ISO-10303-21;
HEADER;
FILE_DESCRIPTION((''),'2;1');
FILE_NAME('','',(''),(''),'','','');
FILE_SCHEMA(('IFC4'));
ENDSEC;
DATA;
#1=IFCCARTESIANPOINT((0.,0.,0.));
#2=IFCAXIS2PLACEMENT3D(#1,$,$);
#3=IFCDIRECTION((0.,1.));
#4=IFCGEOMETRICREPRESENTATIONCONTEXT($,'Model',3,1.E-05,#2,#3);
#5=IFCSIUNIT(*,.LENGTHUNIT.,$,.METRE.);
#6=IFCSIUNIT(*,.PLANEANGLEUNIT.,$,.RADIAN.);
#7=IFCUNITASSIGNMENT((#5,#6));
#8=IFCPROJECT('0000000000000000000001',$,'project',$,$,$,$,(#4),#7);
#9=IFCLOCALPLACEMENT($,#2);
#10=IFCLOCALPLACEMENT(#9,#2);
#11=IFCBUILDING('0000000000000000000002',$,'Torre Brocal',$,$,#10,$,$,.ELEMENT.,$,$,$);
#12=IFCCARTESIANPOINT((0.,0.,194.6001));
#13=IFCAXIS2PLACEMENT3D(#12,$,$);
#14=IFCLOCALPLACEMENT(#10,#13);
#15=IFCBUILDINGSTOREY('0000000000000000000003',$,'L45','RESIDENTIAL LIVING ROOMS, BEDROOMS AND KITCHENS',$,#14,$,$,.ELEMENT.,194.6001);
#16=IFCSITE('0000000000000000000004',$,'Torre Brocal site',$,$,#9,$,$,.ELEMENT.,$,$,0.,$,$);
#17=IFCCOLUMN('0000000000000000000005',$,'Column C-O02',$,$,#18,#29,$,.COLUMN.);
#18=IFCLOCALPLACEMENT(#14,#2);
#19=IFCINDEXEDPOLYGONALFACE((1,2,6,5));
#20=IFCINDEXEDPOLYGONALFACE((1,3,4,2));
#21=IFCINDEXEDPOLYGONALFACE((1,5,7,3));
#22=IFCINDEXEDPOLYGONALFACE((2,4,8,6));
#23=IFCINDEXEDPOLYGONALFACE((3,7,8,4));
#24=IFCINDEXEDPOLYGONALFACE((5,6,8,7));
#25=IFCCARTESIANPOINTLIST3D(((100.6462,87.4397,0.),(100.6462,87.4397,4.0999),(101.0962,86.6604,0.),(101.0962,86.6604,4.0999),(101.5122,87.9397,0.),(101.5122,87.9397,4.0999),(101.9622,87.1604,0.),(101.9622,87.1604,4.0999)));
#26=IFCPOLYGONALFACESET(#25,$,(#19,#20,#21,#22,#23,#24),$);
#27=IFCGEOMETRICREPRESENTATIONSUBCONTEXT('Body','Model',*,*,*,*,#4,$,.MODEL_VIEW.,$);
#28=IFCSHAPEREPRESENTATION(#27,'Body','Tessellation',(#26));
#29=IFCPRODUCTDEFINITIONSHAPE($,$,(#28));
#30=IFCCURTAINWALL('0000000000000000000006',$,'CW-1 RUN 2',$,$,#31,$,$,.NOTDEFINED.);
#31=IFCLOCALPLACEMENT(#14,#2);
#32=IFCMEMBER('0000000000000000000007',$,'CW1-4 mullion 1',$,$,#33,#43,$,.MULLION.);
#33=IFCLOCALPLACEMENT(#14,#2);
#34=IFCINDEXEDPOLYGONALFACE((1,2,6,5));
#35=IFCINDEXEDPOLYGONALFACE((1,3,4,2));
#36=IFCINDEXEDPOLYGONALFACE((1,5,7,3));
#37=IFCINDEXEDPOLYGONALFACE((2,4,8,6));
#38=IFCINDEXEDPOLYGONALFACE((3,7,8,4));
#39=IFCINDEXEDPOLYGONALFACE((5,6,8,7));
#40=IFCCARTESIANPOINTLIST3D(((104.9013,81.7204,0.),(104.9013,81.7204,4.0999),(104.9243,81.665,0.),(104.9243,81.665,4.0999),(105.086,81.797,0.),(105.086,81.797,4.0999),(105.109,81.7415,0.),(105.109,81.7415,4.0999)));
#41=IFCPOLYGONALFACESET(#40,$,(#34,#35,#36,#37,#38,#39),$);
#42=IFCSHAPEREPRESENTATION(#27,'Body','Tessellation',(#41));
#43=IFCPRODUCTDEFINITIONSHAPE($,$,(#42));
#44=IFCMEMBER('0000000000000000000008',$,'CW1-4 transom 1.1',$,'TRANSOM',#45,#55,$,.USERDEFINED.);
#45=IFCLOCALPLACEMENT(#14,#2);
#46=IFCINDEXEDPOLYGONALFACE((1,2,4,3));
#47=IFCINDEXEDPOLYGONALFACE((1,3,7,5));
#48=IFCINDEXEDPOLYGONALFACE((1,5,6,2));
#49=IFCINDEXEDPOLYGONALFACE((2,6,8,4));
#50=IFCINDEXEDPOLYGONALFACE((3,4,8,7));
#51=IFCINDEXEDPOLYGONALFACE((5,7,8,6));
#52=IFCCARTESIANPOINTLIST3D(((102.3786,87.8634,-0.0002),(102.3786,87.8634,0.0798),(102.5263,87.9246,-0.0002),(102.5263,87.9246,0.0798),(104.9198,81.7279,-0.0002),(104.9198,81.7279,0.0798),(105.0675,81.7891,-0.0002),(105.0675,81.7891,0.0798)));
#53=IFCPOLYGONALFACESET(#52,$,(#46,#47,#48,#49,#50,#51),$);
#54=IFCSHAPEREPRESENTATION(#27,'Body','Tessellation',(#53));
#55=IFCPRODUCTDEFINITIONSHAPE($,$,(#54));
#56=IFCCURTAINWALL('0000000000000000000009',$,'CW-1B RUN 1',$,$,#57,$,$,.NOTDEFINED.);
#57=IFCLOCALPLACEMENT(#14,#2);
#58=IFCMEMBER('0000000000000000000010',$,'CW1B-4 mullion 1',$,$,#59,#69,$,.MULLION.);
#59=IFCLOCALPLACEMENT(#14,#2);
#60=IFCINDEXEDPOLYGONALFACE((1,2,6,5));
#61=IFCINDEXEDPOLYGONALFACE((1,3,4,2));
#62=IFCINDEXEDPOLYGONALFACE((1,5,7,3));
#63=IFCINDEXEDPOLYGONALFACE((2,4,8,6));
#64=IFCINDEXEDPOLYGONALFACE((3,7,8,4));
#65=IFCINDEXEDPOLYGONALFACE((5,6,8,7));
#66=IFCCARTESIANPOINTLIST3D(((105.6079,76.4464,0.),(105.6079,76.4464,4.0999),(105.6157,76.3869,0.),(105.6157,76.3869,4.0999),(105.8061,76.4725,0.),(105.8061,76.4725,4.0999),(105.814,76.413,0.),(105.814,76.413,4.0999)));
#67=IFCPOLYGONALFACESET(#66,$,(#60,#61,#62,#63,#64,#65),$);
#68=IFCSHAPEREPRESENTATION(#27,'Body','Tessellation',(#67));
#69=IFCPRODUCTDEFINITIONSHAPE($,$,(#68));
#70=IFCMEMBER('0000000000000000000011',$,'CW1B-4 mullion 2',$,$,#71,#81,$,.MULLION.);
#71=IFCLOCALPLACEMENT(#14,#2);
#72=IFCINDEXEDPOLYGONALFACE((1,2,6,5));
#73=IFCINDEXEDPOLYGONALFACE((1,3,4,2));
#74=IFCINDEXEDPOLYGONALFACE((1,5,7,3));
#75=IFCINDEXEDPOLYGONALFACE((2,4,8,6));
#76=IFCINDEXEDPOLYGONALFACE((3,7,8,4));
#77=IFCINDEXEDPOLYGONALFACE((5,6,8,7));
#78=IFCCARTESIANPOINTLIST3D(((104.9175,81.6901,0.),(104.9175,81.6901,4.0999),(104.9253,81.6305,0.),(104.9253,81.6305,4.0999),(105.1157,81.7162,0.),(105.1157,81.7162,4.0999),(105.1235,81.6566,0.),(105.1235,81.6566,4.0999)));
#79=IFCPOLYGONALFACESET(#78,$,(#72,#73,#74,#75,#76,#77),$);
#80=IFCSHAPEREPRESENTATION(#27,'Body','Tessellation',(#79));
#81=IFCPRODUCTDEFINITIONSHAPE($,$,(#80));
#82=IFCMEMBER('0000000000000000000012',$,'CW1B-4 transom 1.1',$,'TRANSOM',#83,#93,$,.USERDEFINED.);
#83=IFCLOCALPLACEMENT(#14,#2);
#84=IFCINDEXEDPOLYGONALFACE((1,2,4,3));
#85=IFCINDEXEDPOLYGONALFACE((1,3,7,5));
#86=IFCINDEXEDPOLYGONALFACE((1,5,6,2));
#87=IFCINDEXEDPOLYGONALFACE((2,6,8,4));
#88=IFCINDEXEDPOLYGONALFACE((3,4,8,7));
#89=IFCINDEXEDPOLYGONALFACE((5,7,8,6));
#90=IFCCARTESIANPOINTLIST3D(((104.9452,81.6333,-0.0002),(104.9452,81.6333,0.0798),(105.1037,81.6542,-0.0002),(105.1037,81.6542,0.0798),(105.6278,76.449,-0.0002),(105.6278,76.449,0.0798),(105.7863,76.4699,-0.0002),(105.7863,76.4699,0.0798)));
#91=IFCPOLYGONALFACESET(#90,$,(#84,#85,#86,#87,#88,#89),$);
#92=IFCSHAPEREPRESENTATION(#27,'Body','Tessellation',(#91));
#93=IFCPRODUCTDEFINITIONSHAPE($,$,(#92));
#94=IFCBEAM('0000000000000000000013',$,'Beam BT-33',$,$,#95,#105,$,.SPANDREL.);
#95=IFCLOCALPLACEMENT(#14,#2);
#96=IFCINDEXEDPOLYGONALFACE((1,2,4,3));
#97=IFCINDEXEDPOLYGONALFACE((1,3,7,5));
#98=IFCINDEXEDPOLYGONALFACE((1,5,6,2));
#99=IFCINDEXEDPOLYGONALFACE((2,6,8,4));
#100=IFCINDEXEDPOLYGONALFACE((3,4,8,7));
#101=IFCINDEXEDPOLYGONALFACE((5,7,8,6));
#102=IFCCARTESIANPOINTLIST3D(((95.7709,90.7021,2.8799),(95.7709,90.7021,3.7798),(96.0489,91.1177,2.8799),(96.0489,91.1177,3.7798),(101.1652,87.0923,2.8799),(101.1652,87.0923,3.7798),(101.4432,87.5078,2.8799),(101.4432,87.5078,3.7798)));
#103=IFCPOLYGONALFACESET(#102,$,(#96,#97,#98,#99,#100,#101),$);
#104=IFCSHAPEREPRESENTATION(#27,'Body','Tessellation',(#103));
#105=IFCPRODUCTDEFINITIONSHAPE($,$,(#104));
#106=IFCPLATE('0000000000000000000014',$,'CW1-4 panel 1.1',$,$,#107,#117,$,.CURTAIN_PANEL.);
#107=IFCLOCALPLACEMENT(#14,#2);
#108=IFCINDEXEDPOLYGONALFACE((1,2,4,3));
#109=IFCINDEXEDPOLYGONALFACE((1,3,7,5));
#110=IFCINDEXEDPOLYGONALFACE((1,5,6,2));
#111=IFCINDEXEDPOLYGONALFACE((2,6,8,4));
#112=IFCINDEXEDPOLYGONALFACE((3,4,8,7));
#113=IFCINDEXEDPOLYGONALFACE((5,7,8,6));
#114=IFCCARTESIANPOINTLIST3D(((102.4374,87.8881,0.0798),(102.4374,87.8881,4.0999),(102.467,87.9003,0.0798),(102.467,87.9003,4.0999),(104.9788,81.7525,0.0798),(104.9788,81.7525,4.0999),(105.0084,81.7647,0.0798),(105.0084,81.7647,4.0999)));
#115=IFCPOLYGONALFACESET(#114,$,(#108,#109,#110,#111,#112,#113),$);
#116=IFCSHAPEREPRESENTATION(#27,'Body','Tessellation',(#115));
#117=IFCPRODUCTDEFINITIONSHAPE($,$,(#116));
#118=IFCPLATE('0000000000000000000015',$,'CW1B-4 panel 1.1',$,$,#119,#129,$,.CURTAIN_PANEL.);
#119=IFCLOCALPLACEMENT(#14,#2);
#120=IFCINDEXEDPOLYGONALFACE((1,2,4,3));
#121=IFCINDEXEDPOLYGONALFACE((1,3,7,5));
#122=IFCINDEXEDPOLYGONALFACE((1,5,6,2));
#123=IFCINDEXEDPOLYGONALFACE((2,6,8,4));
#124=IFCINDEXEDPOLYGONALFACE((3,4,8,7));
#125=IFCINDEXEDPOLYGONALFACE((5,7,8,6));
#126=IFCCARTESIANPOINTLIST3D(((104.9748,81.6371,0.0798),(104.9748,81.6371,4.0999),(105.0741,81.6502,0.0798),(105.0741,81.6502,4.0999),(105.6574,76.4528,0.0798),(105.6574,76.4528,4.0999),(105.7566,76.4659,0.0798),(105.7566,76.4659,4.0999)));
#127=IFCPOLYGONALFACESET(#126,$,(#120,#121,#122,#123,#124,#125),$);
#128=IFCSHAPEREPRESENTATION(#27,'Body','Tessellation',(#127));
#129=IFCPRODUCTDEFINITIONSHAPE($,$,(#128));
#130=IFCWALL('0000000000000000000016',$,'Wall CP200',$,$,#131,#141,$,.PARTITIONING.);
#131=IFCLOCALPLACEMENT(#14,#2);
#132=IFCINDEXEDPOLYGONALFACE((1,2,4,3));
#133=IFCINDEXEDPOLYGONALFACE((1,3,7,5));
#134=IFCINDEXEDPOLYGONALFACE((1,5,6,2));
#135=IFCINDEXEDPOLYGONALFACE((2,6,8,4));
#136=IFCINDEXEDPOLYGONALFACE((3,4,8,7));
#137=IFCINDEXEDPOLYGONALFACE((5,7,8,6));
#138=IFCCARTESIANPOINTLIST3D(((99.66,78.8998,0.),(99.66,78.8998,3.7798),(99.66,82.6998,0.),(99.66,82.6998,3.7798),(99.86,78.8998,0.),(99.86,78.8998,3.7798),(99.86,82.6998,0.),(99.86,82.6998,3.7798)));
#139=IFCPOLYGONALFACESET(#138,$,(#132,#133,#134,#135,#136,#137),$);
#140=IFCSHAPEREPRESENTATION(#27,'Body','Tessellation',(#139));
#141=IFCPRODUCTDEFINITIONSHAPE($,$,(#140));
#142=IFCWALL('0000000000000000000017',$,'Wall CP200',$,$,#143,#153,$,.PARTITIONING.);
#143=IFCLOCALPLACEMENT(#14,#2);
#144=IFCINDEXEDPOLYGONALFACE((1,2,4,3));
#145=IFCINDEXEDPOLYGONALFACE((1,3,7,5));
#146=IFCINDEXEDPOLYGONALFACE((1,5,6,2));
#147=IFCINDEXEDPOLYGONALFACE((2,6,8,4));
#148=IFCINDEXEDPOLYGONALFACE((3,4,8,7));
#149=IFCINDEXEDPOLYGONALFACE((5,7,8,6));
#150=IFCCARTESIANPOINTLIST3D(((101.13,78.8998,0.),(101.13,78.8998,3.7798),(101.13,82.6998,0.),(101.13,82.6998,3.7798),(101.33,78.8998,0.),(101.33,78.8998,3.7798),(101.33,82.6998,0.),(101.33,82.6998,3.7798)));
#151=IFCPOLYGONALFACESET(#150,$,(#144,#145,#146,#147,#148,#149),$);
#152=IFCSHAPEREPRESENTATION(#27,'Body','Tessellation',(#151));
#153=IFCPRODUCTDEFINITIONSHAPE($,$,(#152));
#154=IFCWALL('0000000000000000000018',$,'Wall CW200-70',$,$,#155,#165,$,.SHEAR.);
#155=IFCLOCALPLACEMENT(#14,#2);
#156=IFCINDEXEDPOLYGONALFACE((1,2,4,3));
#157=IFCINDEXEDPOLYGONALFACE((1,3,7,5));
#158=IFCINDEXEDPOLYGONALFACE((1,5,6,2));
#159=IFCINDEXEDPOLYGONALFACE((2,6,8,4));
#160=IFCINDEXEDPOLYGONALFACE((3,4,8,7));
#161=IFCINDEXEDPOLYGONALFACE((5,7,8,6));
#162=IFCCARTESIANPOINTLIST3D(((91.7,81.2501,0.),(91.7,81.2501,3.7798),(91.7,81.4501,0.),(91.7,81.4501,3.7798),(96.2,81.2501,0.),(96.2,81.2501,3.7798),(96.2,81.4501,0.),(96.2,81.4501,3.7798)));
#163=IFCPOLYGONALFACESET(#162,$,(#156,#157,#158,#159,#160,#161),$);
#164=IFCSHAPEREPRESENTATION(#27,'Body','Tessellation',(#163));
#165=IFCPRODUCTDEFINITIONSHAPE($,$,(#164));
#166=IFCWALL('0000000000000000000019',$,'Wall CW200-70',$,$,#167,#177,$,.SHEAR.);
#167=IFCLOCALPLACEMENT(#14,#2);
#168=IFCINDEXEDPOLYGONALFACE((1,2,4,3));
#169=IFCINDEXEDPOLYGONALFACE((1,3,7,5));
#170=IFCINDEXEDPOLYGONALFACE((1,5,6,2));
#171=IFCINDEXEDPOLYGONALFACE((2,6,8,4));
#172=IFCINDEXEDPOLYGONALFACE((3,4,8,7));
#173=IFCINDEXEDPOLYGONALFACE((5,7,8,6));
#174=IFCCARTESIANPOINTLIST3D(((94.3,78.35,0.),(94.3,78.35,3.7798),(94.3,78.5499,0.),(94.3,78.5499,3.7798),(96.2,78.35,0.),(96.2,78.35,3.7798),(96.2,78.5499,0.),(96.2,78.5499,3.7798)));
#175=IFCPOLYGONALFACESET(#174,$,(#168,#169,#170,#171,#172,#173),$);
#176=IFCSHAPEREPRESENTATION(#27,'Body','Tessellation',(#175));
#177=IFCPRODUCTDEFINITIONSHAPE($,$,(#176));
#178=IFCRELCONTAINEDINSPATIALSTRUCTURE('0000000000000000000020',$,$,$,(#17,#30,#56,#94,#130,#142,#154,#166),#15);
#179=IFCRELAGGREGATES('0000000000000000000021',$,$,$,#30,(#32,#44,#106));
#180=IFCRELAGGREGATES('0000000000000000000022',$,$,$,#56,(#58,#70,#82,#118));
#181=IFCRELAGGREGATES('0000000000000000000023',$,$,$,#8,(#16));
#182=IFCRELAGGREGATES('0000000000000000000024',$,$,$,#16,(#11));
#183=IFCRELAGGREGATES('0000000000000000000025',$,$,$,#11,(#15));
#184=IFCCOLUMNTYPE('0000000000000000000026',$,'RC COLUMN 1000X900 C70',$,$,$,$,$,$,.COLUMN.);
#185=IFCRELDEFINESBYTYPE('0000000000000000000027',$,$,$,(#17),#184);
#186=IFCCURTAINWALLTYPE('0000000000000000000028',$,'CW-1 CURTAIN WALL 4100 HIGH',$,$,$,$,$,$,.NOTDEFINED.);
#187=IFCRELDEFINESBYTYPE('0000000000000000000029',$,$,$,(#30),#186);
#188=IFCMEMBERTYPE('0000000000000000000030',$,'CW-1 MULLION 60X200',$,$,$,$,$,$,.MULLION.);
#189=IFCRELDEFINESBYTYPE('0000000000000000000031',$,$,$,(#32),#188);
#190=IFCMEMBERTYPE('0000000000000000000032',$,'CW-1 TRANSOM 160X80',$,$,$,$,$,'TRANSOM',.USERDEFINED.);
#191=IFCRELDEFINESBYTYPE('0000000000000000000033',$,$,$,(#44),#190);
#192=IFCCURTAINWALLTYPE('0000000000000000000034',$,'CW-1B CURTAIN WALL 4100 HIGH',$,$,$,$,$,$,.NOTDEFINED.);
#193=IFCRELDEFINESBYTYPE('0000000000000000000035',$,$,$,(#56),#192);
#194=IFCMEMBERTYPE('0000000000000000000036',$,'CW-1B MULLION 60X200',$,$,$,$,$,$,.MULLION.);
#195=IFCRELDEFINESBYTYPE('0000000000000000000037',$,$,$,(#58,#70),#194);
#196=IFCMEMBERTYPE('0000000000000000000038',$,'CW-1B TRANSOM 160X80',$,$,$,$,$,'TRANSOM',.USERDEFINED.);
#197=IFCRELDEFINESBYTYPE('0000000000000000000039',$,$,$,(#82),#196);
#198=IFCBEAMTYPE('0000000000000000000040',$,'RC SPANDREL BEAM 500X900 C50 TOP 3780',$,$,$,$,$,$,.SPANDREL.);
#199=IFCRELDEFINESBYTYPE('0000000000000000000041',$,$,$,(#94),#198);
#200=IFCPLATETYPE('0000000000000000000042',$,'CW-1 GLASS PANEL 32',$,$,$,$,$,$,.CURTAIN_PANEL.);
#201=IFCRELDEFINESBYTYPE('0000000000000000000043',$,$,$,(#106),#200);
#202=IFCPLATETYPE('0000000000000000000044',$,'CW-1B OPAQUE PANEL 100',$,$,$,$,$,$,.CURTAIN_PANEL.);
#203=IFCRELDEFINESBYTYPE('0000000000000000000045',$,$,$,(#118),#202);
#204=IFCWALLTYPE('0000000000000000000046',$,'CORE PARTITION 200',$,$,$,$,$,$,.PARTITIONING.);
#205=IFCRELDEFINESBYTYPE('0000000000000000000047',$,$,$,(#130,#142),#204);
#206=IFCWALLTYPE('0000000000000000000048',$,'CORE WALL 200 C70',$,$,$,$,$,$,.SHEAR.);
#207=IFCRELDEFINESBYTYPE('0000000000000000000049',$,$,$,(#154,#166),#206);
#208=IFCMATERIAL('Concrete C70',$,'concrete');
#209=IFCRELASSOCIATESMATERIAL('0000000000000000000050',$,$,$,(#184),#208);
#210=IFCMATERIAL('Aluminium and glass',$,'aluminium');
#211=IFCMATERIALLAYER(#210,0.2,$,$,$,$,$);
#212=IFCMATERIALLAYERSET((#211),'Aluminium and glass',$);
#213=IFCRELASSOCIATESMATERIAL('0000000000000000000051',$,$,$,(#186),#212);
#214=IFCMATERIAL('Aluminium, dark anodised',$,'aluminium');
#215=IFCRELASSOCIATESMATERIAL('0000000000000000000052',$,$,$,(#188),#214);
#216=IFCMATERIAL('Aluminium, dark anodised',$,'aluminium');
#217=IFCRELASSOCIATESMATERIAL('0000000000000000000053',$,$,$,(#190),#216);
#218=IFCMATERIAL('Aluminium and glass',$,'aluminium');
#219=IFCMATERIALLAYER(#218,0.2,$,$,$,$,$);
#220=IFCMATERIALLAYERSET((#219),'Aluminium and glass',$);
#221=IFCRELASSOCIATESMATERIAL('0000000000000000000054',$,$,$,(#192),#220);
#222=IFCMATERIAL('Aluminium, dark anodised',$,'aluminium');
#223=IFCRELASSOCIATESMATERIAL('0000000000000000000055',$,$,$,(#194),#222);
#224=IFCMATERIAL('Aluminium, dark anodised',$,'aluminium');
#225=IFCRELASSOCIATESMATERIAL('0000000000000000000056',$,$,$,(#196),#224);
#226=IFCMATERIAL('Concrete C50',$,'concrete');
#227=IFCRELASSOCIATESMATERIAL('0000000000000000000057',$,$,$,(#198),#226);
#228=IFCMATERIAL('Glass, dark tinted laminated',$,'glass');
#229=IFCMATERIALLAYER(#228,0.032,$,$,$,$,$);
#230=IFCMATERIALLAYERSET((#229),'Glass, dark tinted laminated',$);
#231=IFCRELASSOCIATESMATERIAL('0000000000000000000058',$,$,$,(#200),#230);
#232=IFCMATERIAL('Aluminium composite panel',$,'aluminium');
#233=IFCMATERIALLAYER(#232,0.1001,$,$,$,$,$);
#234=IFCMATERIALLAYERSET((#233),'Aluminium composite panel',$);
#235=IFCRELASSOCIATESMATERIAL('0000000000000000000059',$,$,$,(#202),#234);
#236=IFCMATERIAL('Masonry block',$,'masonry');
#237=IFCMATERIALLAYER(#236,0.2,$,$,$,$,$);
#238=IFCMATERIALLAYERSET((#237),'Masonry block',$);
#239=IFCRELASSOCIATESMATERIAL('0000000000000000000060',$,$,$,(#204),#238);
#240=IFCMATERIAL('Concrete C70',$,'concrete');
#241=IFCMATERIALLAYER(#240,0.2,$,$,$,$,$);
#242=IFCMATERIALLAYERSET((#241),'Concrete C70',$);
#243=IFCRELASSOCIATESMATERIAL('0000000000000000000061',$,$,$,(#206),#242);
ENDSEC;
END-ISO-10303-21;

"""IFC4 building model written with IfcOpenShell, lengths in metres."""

from ifc_helpers import new_model, si_unit, direction, frame, frame_2d, origin, origin_2d, place, context, subcontext, project, spatial, rectangle, extrude, material, layer, layer_set, material_profile, profile_set, type_object, element, aggregate, save


model = new_model("IFC4")

# Units and contexts
model_context = context("Model", 3, precision=1e-05, world=origin(), true_north=direction((0.0, 1.0)))
body_context = subcontext(model_context, "Body", "Model", "MODEL_VIEW")
ifc_project = project(units=[si_unit("LENGTHUNIT", "METRE"), si_unit("PLANEANGLEUNIT", "RADIAN")], contexts=[model_context])

# Site, building, storey
site_placement = place(None, origin())
site = spatial("IfcSite", under=ifc_project, at=site_placement, Name="Torre Brocal site", CompositionType="ELEMENT", RefElevation=0.0)
building_placement = place(site_placement, origin())
building = spatial("IfcBuilding", under=site, at=building_placement, Name="Torre Brocal", CompositionType="ELEMENT")
storey_placement = place(building_placement, frame((0.0, 0.0, 194.6001)))
storey = spatial("IfcBuildingStorey", under=building, at=storey_placement, Name="L45", Description="RESIDENTIAL LIVING ROOMS, BEDROOMS AND KITCHENS", CompositionType="ELEMENT", Elevation=194.6001)

# Column
ifc_material_1 = material(Name="Concrete C70", Category="concrete")
ifc_material_profile_1 = material_profile(ifc_material_1, rectangle(XDim=1.0, YDim=0.8999, at=origin_2d()), Name="RC 1000X900")
ifc_profile_set_1 = profile_set([ifc_material_profile_1], Name="Concrete C70")
column_type = type_object("IfcColumnType", Name="RC COLUMN 1000X900 C70", PredefinedType="COLUMN", material=ifc_profile_set_1)
column_placement = place(storey_placement, frame((101.3042, 87.3, 0.0), z_axis=(0.0, 0.0, 1.0), x_axis=(0.866025, 0.5, 0.0)))
element("IfcColumn", 1, at=column_placement, inside=storey, type_object=column_type, Name="Column C-O02", PredefinedType="COLUMN", context=body_context, shape_type="SweptSolid", body=[
    extrude(rectangle(XDim=1.0, YDim=0.8999, at=origin_2d()), origin(), (0.0, 0.0, 1.0), 4.0999),
])

# Curtain walls, members
ifc_material_2 = material(Name="Aluminium and glass", Category="aluminium")
ifc_layer_1 = layer(ifc_material_2, 0.2)
ifc_layer_set_1 = layer_set([ifc_layer_1], Name="Aluminium and glass")
curtain_wall_type_1 = type_object("IfcCurtainWallType", Name="CW-1 CURTAIN WALL 4100 HIGH", PredefinedType="NOTDEFINED", material=ifc_layer_set_1)
curtain_wall_1_placement = place(storey_placement, origin())
curtain_wall_1 = element("IfcCurtainWall", 2, at=curtain_wall_1_placement, inside=storey, type_object=curtain_wall_type_1, Name="CW-1 RUN 2", PredefinedType="NOTDEFINED")
ifc_material_3 = material(Name="Aluminium, dark anodised", Category="aluminium")
ifc_material_profile_2 = material_profile(ifc_material_3, rectangle(XDim=0.2, YDim=0.0601, at=origin_2d()), Name="CW-1 MULLION 60X200")
ifc_profile_set_2 = profile_set([ifc_material_profile_2], Name="Aluminium, dark anodised")
member_type_1 = type_object("IfcMemberType", Name="CW-1 MULLION 60X200", PredefinedType="MULLION", material=ifc_profile_set_2)
member_1_placement = place(storey_placement, frame((105.0051, 81.731, 0.0), z_axis=(0.0, 0.0, 1.0), x_axis=(-0.92388, -0.382683, 0.0)))
member_1 = element("IfcMember", 3, at=member_1_placement, type_object=member_type_1, Name="CW1-4 mullion 1", PredefinedType="MULLION", context=body_context, shape_type="SweptSolid", body=[
    extrude(rectangle(XDim=0.2, YDim=0.0601, at=origin_2d()), origin(), (0.0, 0.0, 1.0), 4.0999),
])
ifc_material_4 = material(Name="Aluminium, dark anodised", Category="aluminium")
ifc_material_profile_3 = material_profile(ifc_material_4, rectangle(XDim=0.1599, YDim=0.0801, at=origin_2d()), Name="CW-1 TRANSOM 160X80")
ifc_profile_set_3 = profile_set([ifc_material_profile_3], Name="Aluminium, dark anodised")
member_type_2 = type_object("IfcMemberType", Name="CW-1 TRANSOM 160X80", ElementType="TRANSOM", PredefinedType="USERDEFINED", material=ifc_profile_set_3)
member_2_placement = place(storey_placement, frame((104.9937, 81.7585, 0.0398), z_axis=(-0.382665, 0.923887, 0.0), x_axis=(-0.923887, -0.382665, 0.0)))
member_2 = element("IfcMember", 4, at=member_2_placement, type_object=member_type_2, Name="CW1-4 transom 1.1", ObjectType="TRANSOM", PredefinedType="USERDEFINED", context=body_context, shape_type="SweptSolid", body=[
    extrude(rectangle(XDim=0.1599, YDim=0.0801, at=origin_2d()), origin(), (0.0, 0.0, 1.0), 6.6409),
])
ifc_material_5 = material(Name="Aluminium and glass", Category="aluminium")
ifc_layer_2 = layer(ifc_material_5, 0.2)
ifc_layer_set_2 = layer_set([ifc_layer_2], Name="Aluminium and glass")
curtain_wall_type_2 = type_object("IfcCurtainWallType", Name="CW-1B CURTAIN WALL 4100 HIGH", PredefinedType="NOTDEFINED", material=ifc_layer_set_2)
curtain_wall_2_placement = place(storey_placement, origin())
curtain_wall_2 = element("IfcCurtainWall", 5, at=curtain_wall_2_placement, inside=storey, type_object=curtain_wall_type_2, Name="CW-1B RUN 1", PredefinedType="NOTDEFINED")
ifc_material_6 = material(Name="Aluminium, dark anodised", Category="aluminium")
ifc_material_profile_4 = material_profile(ifc_material_6, rectangle(XDim=0.2, YDim=0.0601, at=origin_2d()), Name="CW-1B MULLION 60X200")
ifc_profile_set_4 = profile_set([ifc_material_profile_4], Name="Aluminium, dark anodised")
member_type_3 = type_object("IfcMemberType", Name="CW-1B MULLION 60X200", PredefinedType="MULLION", material=ifc_profile_set_4)
member_3_placement = place(storey_placement, frame((105.7109, 76.4297, 0.0), z_axis=(0.0, 0.0, 1.0), x_axis=(-0.991445, -0.130526, 0.0)))
member_3 = element("IfcMember", 6, at=member_3_placement, type_object=member_type_3, Name="CW1B-4 mullion 1", PredefinedType="MULLION", context=body_context, shape_type="SweptSolid", body=[
    extrude(rectangle(XDim=0.2, YDim=0.0601, at=origin_2d()), origin(), (0.0, 0.0, 1.0), 4.0999),
])
member_4_placement = place(storey_placement, frame((105.0205, 81.6733, 0.0), z_axis=(0.0, 0.0, 1.0), x_axis=(-0.991445, -0.130526, 0.0)))
member_4 = element("IfcMember", 7, at=member_4_placement, type_object=member_type_3, Name="CW1B-4 mullion 2", PredefinedType="MULLION", context=body_context, shape_type="SweptSolid", body=[
    extrude(rectangle(XDim=0.2, YDim=0.0601, at=origin_2d()), origin(), (0.0, 0.0, 1.0), 4.0999),
])
ifc_material_7 = material(Name="Aluminium, dark anodised", Category="aluminium")
ifc_material_profile_5 = material_profile(ifc_material_7, rectangle(XDim=0.1599, YDim=0.0801, at=origin_2d()), Name="CW-1B TRANSOM 160X80")
ifc_profile_set_5 = profile_set([ifc_material_profile_5], Name="Aluminium, dark anodised")
member_type_4 = type_object("IfcMemberType", Name="CW-1B TRANSOM 160X80", ElementType="TRANSOM", PredefinedType="USERDEFINED", material=ifc_profile_set_5)
member_5_placement = place(storey_placement, frame((105.707, 76.4595, 0.0398), z_axis=(-0.130543, 0.991443, 0.0), x_axis=(-0.991443, -0.130543, 0.0)))
member_5 = element("IfcMember", 8, at=member_5_placement, type_object=member_type_4, Name="CW1B-4 transom 1.1", ObjectType="TRANSOM", PredefinedType="USERDEFINED", context=body_context, shape_type="SweptSolid", body=[
    extrude(rectangle(XDim=0.1599, YDim=0.0801, at=origin_2d()), origin(), (0.0, 0.0, 1.0), 5.229),
])

# Beam
ifc_material_8 = material(Name="Concrete C50", Category="concrete")
ifc_material_profile_6 = material_profile(ifc_material_8, rectangle(XDim=0.5, YDim=0.8999, at=origin_2d()), Name="RC 500X900")
ifc_profile_set_6 = profile_set([ifc_material_profile_6], Name="Concrete C50")
beam_type = type_object("IfcBeamType", Name="RC SPANDREL BEAM 500X900 C50 TOP 3780", PredefinedType="SPANDREL", material=ifc_profile_set_6)
beam_placement = place(storey_placement, frame((101.3042, 87.3, 3.3298), z_axis=(-0.831077, 0.556158, 0.0), x_axis=(-0.556158, -0.831077, 0.0)))
element("IfcBeam", 9, at=beam_placement, inside=storey, type_object=beam_type, Name="Beam BT-33", PredefinedType="SPANDREL", context=body_context, shape_type="SweptSolid", body=[
    extrude(rectangle(XDim=0.5, YDim=0.8999, at=origin_2d()), origin(), (0.0, 0.0, 1.0), 6.4907),
])

# Plates
ifc_material_9 = material(Name="Glass, dark tinted laminated", Category="glass")
ifc_layer_3 = layer(ifc_material_9, 0.032)
ifc_layer_set_3 = layer_set([ifc_layer_3], Name="Glass, dark tinted laminated")
plate_type_1 = type_object("IfcPlateType", Name="CW-1 GLASS PANEL 32", PredefinedType="CURTAIN_PANEL", material=ifc_layer_set_3)
plate_1_placement = place(storey_placement, frame((103.7229, 84.8264, 0.0798), z_axis=(0.0, 0.0, 1.0), x_axis=(-0.382683, 0.92388, 0.0)))
plate_1 = element("IfcPlate", 10, at=plate_1_placement, type_object=plate_type_1, Name="CW1-4 panel 1.1", PredefinedType="CURTAIN_PANEL", context=body_context, shape_type="SweptSolid", body=[
    extrude(rectangle(XDim=6.6411, YDim=0.032, at=origin_2d()), origin(), (0.0, 0.0, 1.0), 4.02),
])
aggregate(curtain_wall_1, [member_1, member_2, plate_1])
ifc_material_10 = material(Name="Aluminium composite panel", Category="aluminium")
ifc_layer_4 = layer(ifc_material_10, 0.1001)
ifc_layer_set_4 = layer_set([ifc_layer_4], Name="Aluminium composite panel")
plate_type_2 = type_object("IfcPlateType", Name="CW-1B OPAQUE PANEL 100", PredefinedType="CURTAIN_PANEL", material=ifc_layer_set_4)
plate_2_placement = place(storey_placement, frame((105.3657, 79.0515, 0.0798), z_axis=(0.0, 0.0, 1.0), x_axis=(-0.130526, 0.991445, 0.0)))
plate_2 = element("IfcPlate", 11, at=plate_2_placement, type_object=plate_type_2, Name="CW1B-4 panel 1.1", PredefinedType="CURTAIN_PANEL", context=body_context, shape_type="SweptSolid", body=[
    extrude(rectangle(XDim=5.229, YDim=0.1001, at=origin_2d()), origin(), (0.0, 0.0, 1.0), 4.02),
])
aggregate(curtain_wall_2, [member_3, member_4, member_5, plate_2])

# Walls
ifc_material_11 = material(Name="Masonry block", Category="masonry")
ifc_layer_5 = layer(ifc_material_11, 0.2)
ifc_layer_set_5 = layer_set([ifc_layer_5], Name="Masonry block")
wall_type_1 = type_object("IfcWallType", Name="CORE PARTITION 200", PredefinedType="PARTITIONING", material=ifc_layer_set_5)
for number, where, z_axis, x_axis, name in (
    (12, (99.76, 78.8999, 0.0), (0.0, 0.0, 1.0), (0.0, 1.0, 0.0), "Wall CP200"),
    (13, (101.23, 78.8999, 0.0), (0.0, 0.0, 1.0), (0.0, 1.0, 0.0), "Wall CP200"),
):
    element("IfcWall", number, at=place(storey_placement, frame(where, z_axis=z_axis, x_axis=x_axis)), inside=storey, type_object=wall_type_1, Name=name, PredefinedType="PARTITIONING", context=body_context, shape_type="SweptSolid", body=[
        extrude(rectangle(XDim=3.8, YDim=0.2, at=frame_2d((1.8999, 0.0))), origin(), (0.0, 0.0, 1.0), 3.7798),
    ])
ifc_material_12 = material(Name="Concrete C70", Category="concrete")
ifc_layer_6 = layer(ifc_material_12, 0.2)
ifc_layer_set_6 = layer_set([ifc_layer_6], Name="Concrete C70")
wall_type_2 = type_object("IfcWallType", Name="CORE WALL 200 C70", PredefinedType="SHEAR", material=ifc_layer_set_6)
wall_1_placement = place(storey_placement, frame((91.7, 81.3501, 0.0), z_axis=(0.0, 0.0, 1.0), x_axis=(1.0, 0.0, 0.0)))
element("IfcWall", 14, at=wall_1_placement, inside=storey, type_object=wall_type_2, Name="Wall CW200-70", PredefinedType="SHEAR", context=body_context, shape_type="SweptSolid", body=[
    extrude(rectangle(XDim=4.5, YDim=0.2, at=frame_2d((2.25, 0.0))), origin(), (0.0, 0.0, 1.0), 3.7798),
])
wall_2_placement = place(storey_placement, frame((94.3, 78.45, 0.0), z_axis=(0.0, 0.0, 1.0), x_axis=(1.0, 0.0, 0.0)))
element("IfcWall", 15, at=wall_2_placement, inside=storey, type_object=wall_type_2, Name="Wall CW200-70", PredefinedType="SHEAR", context=body_context, shape_type="SweptSolid", body=[
    extrude(rectangle(XDim=1.8999, YDim=0.2, at=frame_2d((0.95, 0.0))), origin(), (0.0, 0.0, 1.0), 3.7798),
])

save(model, "model.ifc")
